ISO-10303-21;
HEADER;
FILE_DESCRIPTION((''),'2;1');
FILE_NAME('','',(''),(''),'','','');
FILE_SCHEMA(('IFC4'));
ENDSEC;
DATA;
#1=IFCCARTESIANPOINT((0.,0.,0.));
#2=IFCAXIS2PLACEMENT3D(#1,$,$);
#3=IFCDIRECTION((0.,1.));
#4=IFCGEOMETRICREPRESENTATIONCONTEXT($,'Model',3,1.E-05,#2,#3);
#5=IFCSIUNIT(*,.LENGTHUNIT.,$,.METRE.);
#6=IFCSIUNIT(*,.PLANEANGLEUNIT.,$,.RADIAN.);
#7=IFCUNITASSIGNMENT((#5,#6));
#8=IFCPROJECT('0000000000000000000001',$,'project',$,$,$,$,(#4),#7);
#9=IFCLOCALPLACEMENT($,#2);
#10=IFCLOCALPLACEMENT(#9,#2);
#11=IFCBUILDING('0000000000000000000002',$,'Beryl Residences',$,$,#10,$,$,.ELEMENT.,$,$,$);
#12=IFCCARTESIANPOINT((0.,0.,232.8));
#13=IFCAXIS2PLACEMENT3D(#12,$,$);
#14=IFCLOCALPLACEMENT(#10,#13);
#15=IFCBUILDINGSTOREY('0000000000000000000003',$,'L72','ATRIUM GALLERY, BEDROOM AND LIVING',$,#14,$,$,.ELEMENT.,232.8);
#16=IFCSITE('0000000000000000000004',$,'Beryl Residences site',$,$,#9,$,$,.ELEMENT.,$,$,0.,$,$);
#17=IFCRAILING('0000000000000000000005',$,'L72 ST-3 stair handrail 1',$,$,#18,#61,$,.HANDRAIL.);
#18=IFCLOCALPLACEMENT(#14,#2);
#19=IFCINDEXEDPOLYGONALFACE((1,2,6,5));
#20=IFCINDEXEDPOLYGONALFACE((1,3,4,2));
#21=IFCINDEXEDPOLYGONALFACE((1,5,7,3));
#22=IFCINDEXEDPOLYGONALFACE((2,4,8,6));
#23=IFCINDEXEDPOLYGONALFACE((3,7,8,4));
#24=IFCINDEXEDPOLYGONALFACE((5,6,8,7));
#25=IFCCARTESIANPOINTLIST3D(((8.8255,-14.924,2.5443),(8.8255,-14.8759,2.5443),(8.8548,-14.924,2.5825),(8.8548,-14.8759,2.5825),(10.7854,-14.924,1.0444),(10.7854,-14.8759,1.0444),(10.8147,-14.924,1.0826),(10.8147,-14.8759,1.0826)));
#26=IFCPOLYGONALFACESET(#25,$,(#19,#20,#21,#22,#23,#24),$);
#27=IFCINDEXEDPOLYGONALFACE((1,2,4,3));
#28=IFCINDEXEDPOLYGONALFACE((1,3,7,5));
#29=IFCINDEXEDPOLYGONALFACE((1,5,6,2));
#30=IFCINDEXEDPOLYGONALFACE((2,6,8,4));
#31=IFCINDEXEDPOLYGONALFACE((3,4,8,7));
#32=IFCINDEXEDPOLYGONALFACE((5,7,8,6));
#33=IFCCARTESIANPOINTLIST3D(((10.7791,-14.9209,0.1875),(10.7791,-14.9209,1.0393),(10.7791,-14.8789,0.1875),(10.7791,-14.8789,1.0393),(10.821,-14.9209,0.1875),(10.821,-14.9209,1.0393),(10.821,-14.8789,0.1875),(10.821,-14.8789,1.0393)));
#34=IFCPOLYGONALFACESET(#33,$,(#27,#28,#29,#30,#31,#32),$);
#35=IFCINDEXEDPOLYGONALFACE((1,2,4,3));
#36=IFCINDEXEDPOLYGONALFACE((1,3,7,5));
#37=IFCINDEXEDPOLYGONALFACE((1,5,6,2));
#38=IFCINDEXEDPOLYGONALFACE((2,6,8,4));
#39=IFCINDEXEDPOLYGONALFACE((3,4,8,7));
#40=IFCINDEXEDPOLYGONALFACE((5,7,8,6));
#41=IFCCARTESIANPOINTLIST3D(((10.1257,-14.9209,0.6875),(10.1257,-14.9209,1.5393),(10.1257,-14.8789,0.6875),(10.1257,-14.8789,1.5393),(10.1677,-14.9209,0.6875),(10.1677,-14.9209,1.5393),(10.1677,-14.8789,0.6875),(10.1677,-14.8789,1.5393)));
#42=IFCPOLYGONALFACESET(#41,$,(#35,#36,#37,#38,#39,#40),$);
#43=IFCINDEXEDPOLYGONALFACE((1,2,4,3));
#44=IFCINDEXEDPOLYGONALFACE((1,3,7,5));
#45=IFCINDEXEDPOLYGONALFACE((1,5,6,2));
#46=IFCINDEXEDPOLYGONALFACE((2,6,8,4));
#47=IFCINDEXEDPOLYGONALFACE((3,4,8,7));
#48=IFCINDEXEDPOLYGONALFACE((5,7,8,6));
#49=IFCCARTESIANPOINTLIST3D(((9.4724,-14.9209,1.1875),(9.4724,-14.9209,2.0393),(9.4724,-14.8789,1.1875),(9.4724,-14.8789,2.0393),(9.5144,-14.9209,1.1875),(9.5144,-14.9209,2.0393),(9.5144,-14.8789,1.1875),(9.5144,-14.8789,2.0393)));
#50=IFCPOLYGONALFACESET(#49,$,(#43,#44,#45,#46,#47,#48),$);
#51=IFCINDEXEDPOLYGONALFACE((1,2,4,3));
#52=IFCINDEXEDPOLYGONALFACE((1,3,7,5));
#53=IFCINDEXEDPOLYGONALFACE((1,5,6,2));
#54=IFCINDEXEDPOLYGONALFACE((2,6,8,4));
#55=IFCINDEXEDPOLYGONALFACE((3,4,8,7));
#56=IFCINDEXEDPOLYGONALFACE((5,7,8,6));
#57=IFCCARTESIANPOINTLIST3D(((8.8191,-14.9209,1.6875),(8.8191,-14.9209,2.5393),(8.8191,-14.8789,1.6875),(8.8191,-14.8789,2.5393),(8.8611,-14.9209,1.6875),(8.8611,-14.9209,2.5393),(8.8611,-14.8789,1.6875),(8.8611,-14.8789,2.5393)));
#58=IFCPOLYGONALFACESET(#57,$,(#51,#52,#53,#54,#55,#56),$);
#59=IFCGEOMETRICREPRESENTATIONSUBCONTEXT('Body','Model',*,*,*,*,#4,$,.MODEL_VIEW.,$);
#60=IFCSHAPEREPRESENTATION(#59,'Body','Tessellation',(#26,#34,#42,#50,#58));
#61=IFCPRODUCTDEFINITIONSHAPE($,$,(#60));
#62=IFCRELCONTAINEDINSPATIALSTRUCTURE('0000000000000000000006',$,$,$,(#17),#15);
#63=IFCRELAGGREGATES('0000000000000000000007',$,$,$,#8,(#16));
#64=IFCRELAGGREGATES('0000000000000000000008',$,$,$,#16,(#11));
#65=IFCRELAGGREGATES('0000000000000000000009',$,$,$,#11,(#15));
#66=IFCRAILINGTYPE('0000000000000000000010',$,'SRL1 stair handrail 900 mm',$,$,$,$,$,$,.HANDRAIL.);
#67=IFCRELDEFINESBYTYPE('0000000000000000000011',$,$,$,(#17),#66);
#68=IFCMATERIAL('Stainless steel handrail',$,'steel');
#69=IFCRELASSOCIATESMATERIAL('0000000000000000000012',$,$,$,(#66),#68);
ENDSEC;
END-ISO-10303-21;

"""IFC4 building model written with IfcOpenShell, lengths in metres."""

from ifc_helpers import new_model, si_unit, direction, frame, origin, origin_2d, place, context, subcontext, project, spatial, rectangle, extrude, material, type_object, element, save


model = new_model("IFC4")

# Units and contexts
model_context = context("Model", 3, precision=1e-05, world=origin(), true_north=direction((0.0, 1.0)))
body_context = subcontext(model_context, "Body", "Model", "MODEL_VIEW")
ifc_project = project(units=[si_unit("LENGTHUNIT", "METRE"), si_unit("PLANEANGLEUNIT", "RADIAN")], contexts=[model_context])

# Site, building, storey
site_placement = place(None, origin())
site = spatial("IfcSite", under=ifc_project, at=site_placement, Name="Beryl Residences site", CompositionType="ELEMENT", RefElevation=0.0)
building_placement = place(site_placement, origin())
building = spatial("IfcBuilding", under=site, at=building_placement, Name="Beryl Residences", CompositionType="ELEMENT")
storey_placement = place(building_placement, frame((0.0, 0.0, 232.8)))
storey = spatial("IfcBuildingStorey", under=building, at=storey_placement, Name="L72", Description="ATRIUM GALLERY, BEDROOM AND LIVING", CompositionType="ELEMENT", Elevation=232.8)

# Railing
ifc_material_1 = material(Name="Stainless steel handrail", Category="steel")
railing_type_1 = type_object("IfcRailingType", Name="SRL1 stair handrail 900 mm", PredefinedType="HANDRAIL", material=ifc_material_1)
railing_1_placement = place(storey_placement, frame((10.8, -14.8999, 0.1875)))
element("IfcRailing", 1, at=railing_1_placement, inside=storey, type_object=railing_type_1, Name="L72 ST-3 stair handrail 1", PredefinedType="HANDRAIL", context=body_context, shape_type="SweptSolid", body=[
    extrude(rectangle(XDim=0.0481, YDim=0.0481, at=origin_2d()), frame((0.0, 0.0, 0.876), z_axis=(-0.794122, 0.0, 0.607758), x_axis=(0.0, -1.0, 0.0)), (0.0, 0.0, 1.0), 2.468),
    extrude(rectangle(XDim=0.042, YDim=0.042, at=origin_2d()), origin(), (0.0, 0.0, 1.0), 0.8518),
    extrude(rectangle(XDim=0.042, YDim=0.042, at=origin_2d()), frame((-0.6533, 0.0, 0.5)), (0.0, 0.0, 1.0), 0.8518),
    extrude(rectangle(XDim=0.042, YDim=0.042, at=origin_2d()), frame((-1.3066, 0.0, 1.0)), (0.0, 0.0, 1.0), 0.8518),
    extrude(rectangle(XDim=0.042, YDim=0.042, at=origin_2d()), frame((-1.96, 0.0, 1.5)), (0.0, 0.0, 1.0), 0.8518),
])

save(model, "model.ifc")
